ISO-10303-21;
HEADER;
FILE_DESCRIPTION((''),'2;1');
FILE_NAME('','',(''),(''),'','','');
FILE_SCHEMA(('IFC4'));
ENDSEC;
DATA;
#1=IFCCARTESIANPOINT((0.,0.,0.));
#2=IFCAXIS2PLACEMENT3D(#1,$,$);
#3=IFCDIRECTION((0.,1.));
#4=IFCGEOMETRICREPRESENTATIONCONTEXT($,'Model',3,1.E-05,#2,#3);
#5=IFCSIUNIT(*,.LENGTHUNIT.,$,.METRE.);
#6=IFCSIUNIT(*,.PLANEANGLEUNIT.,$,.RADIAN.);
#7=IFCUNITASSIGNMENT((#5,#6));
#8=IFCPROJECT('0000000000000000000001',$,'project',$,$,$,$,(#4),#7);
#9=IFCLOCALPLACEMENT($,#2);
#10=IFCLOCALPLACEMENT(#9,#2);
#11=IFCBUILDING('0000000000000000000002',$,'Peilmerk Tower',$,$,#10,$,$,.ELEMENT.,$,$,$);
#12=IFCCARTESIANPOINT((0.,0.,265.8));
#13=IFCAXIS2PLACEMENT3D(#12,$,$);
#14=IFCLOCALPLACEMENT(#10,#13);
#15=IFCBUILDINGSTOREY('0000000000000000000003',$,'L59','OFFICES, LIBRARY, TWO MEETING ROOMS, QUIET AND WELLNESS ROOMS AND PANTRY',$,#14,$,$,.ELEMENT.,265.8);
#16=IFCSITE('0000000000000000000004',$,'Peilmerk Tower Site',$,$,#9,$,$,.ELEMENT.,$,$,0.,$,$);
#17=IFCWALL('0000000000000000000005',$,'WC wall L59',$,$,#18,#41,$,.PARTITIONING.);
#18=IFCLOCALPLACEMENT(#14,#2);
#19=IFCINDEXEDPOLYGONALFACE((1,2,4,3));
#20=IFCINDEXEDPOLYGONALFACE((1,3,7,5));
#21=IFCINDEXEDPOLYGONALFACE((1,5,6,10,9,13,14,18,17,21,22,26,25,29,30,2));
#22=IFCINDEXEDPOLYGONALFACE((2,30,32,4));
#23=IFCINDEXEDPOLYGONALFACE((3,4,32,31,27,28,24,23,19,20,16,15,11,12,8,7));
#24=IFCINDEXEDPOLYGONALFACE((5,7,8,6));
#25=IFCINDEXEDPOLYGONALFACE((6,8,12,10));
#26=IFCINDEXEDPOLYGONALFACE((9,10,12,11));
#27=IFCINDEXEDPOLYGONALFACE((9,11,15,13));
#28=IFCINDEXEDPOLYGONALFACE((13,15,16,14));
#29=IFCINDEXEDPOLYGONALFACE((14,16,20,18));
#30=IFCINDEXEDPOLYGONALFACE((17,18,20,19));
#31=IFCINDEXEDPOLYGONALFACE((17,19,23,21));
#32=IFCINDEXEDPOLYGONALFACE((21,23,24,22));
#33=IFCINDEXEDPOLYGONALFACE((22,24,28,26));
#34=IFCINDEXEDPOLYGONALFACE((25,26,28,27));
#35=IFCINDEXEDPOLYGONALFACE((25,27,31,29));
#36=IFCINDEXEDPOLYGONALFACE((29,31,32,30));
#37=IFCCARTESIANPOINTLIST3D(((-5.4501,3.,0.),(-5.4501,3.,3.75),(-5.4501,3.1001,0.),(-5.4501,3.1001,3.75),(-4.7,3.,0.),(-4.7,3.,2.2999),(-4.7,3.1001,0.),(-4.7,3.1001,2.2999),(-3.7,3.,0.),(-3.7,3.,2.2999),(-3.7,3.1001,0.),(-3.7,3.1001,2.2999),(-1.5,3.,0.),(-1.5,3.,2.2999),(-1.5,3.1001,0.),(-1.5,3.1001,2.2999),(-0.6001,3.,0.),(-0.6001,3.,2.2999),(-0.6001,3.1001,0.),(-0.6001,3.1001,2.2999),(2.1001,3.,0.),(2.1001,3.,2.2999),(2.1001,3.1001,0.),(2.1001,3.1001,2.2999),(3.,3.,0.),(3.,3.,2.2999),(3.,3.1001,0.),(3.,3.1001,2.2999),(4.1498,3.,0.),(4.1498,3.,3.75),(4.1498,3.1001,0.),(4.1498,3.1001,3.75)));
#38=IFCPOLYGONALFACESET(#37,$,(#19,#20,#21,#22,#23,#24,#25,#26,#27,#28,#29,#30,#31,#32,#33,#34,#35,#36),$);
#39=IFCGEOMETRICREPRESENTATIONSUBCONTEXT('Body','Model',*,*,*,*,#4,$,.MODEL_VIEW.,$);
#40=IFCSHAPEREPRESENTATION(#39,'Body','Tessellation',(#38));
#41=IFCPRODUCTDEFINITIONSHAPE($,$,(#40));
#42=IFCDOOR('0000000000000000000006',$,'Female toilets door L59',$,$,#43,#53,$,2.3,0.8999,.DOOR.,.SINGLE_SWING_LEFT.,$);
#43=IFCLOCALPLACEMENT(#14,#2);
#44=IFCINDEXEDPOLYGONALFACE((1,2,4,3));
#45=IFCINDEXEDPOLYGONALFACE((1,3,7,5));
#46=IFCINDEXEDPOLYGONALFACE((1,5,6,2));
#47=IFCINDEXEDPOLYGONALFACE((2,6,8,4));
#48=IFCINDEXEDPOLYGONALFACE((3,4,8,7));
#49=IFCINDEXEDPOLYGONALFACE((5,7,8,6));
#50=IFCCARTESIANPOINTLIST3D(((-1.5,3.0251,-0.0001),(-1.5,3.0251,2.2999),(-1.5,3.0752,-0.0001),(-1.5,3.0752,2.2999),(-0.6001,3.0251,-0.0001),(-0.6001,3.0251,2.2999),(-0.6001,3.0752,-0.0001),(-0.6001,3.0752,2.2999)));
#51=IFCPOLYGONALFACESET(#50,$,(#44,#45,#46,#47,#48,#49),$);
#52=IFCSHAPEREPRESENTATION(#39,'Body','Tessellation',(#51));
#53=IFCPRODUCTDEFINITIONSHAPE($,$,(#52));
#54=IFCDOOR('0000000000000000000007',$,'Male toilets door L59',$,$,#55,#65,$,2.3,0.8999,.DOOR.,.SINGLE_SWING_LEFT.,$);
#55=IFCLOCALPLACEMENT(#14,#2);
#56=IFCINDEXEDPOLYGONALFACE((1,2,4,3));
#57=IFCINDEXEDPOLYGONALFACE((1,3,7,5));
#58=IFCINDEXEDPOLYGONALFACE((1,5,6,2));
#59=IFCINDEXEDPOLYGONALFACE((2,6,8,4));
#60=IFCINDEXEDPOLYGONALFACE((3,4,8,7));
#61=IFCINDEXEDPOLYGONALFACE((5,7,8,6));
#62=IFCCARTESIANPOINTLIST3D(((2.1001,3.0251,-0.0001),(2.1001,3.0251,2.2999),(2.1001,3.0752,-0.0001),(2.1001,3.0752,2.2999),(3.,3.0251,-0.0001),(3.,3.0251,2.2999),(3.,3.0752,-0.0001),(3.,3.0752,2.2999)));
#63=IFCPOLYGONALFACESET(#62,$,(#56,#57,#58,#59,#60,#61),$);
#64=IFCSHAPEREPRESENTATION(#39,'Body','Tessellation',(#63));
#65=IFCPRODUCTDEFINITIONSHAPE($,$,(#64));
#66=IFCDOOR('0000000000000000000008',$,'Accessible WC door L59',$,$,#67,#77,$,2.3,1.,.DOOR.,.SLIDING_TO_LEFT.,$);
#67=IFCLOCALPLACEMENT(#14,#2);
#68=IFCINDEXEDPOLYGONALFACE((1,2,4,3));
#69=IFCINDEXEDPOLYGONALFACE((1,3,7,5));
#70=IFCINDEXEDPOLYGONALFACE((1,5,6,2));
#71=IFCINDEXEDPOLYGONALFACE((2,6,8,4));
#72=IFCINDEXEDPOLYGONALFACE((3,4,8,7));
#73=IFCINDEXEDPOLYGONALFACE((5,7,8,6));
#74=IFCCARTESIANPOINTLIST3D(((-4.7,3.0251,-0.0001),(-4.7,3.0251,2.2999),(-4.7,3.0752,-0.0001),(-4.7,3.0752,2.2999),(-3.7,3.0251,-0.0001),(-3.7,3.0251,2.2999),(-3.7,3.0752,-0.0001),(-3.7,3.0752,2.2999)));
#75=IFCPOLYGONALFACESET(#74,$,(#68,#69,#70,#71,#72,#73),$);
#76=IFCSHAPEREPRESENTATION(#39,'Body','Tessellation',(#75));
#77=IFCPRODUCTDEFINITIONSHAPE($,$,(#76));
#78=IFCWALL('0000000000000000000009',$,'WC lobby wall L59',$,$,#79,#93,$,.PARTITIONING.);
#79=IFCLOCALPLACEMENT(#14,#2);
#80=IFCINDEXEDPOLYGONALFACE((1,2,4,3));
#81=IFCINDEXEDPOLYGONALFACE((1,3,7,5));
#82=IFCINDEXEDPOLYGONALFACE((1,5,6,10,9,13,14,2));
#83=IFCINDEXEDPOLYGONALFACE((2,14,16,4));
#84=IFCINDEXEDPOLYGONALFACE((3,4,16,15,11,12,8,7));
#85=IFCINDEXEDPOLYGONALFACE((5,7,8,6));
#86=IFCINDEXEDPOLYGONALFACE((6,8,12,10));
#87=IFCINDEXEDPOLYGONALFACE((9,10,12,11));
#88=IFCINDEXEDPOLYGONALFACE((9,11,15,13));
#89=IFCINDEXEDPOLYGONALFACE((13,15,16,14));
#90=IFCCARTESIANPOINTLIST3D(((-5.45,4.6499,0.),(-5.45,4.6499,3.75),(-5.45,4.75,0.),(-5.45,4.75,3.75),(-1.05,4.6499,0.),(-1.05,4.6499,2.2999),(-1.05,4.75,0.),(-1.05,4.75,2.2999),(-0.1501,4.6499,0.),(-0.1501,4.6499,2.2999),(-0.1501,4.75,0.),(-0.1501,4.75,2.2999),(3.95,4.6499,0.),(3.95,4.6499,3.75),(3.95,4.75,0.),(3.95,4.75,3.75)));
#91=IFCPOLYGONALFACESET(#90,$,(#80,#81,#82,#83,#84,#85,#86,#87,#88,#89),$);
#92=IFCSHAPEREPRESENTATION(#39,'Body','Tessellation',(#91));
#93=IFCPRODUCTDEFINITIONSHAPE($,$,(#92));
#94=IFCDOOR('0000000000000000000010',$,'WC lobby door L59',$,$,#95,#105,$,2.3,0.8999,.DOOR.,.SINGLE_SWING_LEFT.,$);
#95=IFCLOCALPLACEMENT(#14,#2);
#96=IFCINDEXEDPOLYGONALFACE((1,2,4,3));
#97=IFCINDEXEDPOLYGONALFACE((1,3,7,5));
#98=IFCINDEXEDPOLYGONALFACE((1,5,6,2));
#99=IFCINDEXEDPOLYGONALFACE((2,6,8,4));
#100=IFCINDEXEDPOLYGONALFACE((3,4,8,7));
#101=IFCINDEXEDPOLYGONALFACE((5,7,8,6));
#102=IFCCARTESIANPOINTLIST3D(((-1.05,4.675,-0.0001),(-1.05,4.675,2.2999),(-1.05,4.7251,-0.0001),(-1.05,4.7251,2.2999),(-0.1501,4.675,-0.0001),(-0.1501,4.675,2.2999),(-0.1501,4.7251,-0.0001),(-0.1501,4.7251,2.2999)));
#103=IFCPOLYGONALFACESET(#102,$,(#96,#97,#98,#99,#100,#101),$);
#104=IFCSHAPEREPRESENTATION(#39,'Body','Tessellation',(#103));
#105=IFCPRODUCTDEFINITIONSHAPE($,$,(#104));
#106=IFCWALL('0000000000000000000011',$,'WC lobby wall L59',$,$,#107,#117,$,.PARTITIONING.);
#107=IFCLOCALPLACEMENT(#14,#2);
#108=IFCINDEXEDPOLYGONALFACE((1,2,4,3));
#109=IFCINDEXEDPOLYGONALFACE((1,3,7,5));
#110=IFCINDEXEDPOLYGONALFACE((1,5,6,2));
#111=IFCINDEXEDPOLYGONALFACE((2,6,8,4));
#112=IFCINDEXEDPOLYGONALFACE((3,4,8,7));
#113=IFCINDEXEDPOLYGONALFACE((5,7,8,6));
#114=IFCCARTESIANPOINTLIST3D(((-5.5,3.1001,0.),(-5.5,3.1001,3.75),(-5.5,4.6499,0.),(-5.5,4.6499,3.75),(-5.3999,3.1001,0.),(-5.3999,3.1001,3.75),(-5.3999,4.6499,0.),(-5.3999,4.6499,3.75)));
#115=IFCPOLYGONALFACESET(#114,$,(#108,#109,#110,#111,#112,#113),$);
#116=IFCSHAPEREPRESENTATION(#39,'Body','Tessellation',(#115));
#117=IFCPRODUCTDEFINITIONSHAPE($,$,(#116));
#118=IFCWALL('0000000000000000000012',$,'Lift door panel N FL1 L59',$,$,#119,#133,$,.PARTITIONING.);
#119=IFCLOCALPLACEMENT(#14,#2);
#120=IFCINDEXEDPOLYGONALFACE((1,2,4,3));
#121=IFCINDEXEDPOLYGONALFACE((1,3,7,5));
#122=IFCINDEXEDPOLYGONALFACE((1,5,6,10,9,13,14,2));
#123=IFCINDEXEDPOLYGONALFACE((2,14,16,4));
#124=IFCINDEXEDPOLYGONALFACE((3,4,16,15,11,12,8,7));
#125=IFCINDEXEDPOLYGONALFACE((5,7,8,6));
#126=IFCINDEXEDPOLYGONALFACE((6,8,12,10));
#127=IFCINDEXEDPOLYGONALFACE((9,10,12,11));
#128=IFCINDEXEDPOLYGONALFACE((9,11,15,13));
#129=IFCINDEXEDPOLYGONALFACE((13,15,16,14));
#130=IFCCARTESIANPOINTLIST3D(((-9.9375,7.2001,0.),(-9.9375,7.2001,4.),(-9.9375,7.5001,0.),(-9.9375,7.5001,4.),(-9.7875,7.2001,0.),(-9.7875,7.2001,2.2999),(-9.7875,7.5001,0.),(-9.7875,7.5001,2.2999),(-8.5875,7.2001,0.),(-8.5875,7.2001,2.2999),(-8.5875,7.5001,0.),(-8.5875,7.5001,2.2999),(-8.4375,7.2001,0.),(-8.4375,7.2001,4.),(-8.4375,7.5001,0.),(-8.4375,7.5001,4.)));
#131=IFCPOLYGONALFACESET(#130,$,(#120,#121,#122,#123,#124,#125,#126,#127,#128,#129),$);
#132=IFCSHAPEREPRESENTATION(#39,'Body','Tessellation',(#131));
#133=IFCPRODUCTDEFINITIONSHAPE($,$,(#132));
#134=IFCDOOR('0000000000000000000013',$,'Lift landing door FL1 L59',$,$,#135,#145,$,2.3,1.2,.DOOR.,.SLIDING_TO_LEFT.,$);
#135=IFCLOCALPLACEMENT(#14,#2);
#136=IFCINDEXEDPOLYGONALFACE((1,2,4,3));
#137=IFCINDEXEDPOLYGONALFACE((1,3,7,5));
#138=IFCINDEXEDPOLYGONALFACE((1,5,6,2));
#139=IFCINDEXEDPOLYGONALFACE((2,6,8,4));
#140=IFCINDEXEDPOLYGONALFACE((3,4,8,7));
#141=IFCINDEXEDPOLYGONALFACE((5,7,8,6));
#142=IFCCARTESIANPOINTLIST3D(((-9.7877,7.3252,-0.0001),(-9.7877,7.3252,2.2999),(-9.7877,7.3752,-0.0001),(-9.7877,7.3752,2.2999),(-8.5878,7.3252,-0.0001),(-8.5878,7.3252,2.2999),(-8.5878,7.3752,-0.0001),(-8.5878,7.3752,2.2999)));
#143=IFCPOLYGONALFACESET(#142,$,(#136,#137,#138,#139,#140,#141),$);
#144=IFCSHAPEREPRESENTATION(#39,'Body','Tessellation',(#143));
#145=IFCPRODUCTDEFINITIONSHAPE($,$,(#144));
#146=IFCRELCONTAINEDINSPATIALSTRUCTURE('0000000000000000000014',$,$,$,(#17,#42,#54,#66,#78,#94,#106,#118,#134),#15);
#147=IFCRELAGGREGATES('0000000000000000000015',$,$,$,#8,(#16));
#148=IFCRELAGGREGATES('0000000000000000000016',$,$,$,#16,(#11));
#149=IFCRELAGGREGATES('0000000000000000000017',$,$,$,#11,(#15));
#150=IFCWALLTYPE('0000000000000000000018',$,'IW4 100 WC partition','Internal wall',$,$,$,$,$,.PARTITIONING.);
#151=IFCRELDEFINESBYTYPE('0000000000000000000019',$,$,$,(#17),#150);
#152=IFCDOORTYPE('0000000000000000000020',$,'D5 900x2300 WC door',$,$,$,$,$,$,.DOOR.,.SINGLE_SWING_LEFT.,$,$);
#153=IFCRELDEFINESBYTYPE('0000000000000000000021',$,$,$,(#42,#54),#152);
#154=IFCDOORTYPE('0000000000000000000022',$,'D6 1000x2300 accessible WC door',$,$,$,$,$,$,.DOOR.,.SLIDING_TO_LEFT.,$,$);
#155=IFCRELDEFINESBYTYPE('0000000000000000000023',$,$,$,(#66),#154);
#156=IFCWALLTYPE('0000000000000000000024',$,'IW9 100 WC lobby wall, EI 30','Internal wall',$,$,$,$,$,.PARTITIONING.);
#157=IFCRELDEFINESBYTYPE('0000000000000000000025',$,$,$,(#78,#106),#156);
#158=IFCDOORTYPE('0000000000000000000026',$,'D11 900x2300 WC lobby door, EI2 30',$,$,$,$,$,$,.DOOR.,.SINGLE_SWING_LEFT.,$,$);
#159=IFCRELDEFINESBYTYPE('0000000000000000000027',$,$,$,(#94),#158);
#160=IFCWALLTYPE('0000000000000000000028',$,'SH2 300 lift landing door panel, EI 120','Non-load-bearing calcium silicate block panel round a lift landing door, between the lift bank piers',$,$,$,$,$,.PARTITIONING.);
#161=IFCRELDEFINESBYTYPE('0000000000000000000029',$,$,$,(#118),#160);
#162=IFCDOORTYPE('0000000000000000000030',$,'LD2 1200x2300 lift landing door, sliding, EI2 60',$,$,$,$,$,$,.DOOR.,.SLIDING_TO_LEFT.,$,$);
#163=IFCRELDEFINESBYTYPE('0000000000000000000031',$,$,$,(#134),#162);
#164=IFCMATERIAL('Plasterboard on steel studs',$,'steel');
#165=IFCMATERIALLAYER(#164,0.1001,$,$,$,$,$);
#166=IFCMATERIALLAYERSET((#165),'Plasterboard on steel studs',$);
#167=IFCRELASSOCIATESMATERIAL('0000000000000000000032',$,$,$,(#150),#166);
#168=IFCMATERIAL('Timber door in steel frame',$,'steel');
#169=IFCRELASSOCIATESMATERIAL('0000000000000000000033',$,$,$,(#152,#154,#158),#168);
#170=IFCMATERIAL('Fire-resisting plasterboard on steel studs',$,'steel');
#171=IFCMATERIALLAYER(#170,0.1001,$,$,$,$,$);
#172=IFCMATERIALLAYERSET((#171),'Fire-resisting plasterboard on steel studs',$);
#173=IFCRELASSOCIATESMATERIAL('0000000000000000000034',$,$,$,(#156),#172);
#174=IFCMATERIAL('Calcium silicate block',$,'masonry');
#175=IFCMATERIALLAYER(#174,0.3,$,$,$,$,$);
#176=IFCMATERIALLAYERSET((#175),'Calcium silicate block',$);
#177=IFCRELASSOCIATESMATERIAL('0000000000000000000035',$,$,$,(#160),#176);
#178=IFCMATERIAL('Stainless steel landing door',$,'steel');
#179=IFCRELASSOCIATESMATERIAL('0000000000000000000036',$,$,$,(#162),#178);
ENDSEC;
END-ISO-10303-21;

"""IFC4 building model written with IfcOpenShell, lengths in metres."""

from ifc_helpers import new_model, si_unit, direction, frame, frame_2d, origin, place, context, subcontext, project, spatial, rectangle, extrude, material, layer, layer_set, type_object, element, fill, save


model = new_model("IFC4")

# Units and contexts
model_context = context("Model", 3, precision=1e-05, world=origin(), true_north=direction((0.0, 1.0)))
body_context = subcontext(model_context, "Body", "Model", "MODEL_VIEW")
ifc_project = project(units=[si_unit("LENGTHUNIT", "METRE"), si_unit("PLANEANGLEUNIT", "RADIAN")], contexts=[model_context])

# Site, building, storey
site_placement = place(None, origin())
site = spatial("IfcSite", under=ifc_project, at=site_placement, Name="Peilmerk Tower Site", CompositionType="ELEMENT", RefElevation=0.0)
building_placement = place(site_placement, origin())
building = spatial("IfcBuilding", under=site, at=building_placement, Name="Peilmerk Tower", CompositionType="ELEMENT")
storey_placement = place(building_placement, frame((0.0, 0.0, 265.8)))
storey = spatial("IfcBuildingStorey", under=building, at=storey_placement, Name="L59", Description="OFFICES, LIBRARY, TWO MEETING ROOMS, QUIET AND WELLNESS ROOMS AND PANTRY", CompositionType="ELEMENT", Elevation=265.8)

# Wall, openings, doors
ifc_material_1 = material(Name="Plasterboard on steel studs", Category="steel")
ifc_layer_1 = layer(ifc_material_1, 0.1001)
ifc_layer_set_1 = layer_set([ifc_layer_1], Name="Plasterboard on steel studs")
wall_type_1 = type_object("IfcWallType", Name="IW4 100 WC partition", Description="Internal wall", PredefinedType="PARTITIONING", material=ifc_layer_set_1)
wall_1_placement = place(storey_placement, frame((-5.45, 3.05, 0.0), z_axis=(0.0, 0.0, 1.0), x_axis=(1.0, 0.0, 0.0)))
wall_1 = element("IfcWall", 1, at=wall_1_placement, inside=storey, type_object=wall_type_1, Name="WC wall L59", PredefinedType="PARTITIONING", context=body_context, shape_type="SweptSolid", body=[
    extrude(rectangle(XDim=9.5999, YDim=0.1001, at=frame_2d((4.7998, 0.0))), origin(), (0.0, 0.0, 1.0), 3.75),
])
opening_1_placement = place(wall_1_placement, frame((0.75, 0.0, 0.0)))
opening_1 = element("IfcOpeningElement", 2, at=opening_1_placement, cuts=wall_1, PredefinedType="OPENING", context=body_context, shape_type="SweptSolid", body=[
    extrude(rectangle(XDim=1.0, YDim=2.3, at=frame_2d((0.5, 1.1499))), frame((0.0, 0.0601, 0.0), z_axis=(0.0, -1.0, 0.0), x_axis=(1.0, 0.0, 0.0)), (0.0, 0.0, 1.0), 0.1201),
])
opening_2_placement = place(wall_1_placement, frame((3.95, 0.0, 0.0)))
opening_2 = element("IfcOpeningElement", 3, at=opening_2_placement, cuts=wall_1, PredefinedType="OPENING", context=body_context, shape_type="SweptSolid", body=[
    extrude(rectangle(XDim=0.8999, YDim=2.3, at=frame_2d((0.45, 1.1499))), frame((0.0, 0.0601, 0.0), z_axis=(0.0, -1.0, 0.0), x_axis=(1.0, 0.0, 0.0)), (0.0, 0.0, 1.0), 0.1201),
])
opening_3_placement = place(wall_1_placement, frame((7.55, 0.0, 0.0)))
opening_3 = element("IfcOpeningElement", 4, at=opening_3_placement, cuts=wall_1, PredefinedType="OPENING", context=body_context, shape_type="SweptSolid", body=[
    extrude(rectangle(XDim=0.8999, YDim=2.3, at=frame_2d((0.45, 1.1499))), frame((0.0, 0.0601, 0.0), z_axis=(0.0, -1.0, 0.0), x_axis=(1.0, 0.0, 0.0)), (0.0, 0.0, 1.0), 0.1201),
])
ifc_material_2 = material(Name="Timber door in steel frame", Category="steel")
door_type_1 = type_object("IfcDoorType", Name="D5 900x2300 WC door", OperationType="SINGLE_SWING_LEFT", PredefinedType="DOOR", material=ifc_material_2)
door_1_placement = place(opening_2_placement, frame((0.8999, 0.0, 0.0), z_axis=(0.0, 0.0, 1.0), x_axis=(-1.0, 0.0, 0.0)))
door_1 = element("IfcDoor", 5, at=door_1_placement, inside=storey, type_object=door_type_1, Name="Female toilets door L59", OperationType="SINGLE_SWING_LEFT", OverallHeight=2.3, OverallWidth=0.8999, PredefinedType="DOOR", context=body_context, shape_type="SweptSolid", body=[
    extrude(rectangle(XDim=0.8999, YDim=2.3, at=frame_2d((0.45, 1.1499))), frame((0.0, 0.0249, 0.0), z_axis=(0.0, -1.0, 0.0), x_axis=(1.0, 0.0, 0.0)), (0.0, 0.0, 1.0), 0.05),
])
fill(opening_2, door_1)
door_2_placement = place(opening_3_placement, frame((0.8999, 0.0, 0.0), z_axis=(0.0, 0.0, 1.0), x_axis=(-1.0, 0.0, 0.0)))
door_2 = element("IfcDoor", 6, at=door_2_placement, inside=storey, type_object=door_type_1, Name="Male toilets door L59", OperationType="SINGLE_SWING_LEFT", OverallHeight=2.3, OverallWidth=0.8999, PredefinedType="DOOR", context=body_context, shape_type="SweptSolid", body=[
    extrude(rectangle(XDim=0.8999, YDim=2.3, at=frame_2d((0.45, 1.1499))), frame((0.0, 0.0249, 0.0), z_axis=(0.0, -1.0, 0.0), x_axis=(1.0, 0.0, 0.0)), (0.0, 0.0, 1.0), 0.05),
])
fill(opening_3, door_2)
door_type_2 = type_object("IfcDoorType", Name="D6 1000x2300 accessible WC door", OperationType="SLIDING_TO_LEFT", PredefinedType="DOOR", material=ifc_material_2)
door_3_placement = place(opening_1_placement, frame((1.0, 0.0, 0.0), z_axis=(0.0, 0.0, 1.0), x_axis=(-1.0, 0.0, 0.0)))
door_3 = element("IfcDoor", 7, at=door_3_placement, inside=storey, type_object=door_type_2, Name="Accessible WC door L59", OperationType="SLIDING_TO_LEFT", OverallHeight=2.3, OverallWidth=1.0, PredefinedType="DOOR", context=body_context, shape_type="SweptSolid", body=[
    extrude(rectangle(XDim=1.0, YDim=2.3, at=frame_2d((0.5, 1.1499))), frame((0.0, 0.0249, 0.0), z_axis=(0.0, -1.0, 0.0), x_axis=(1.0, 0.0, 0.0)), (0.0, 0.0, 1.0), 0.05),
])
fill(opening_1, door_3)

# Wall, opening, door
ifc_material_3 = material(Name="Fire-resisting plasterboard on steel studs", Category="steel")
ifc_layer_2 = layer(ifc_material_3, 0.1001)
ifc_layer_set_2 = layer_set([ifc_layer_2], Name="Fire-resisting plasterboard on steel studs")
wall_type_2 = type_object("IfcWallType", Name="IW9 100 WC lobby wall, EI 30", Description="Internal wall", PredefinedType="PARTITIONING", material=ifc_layer_set_2)
wall_2_placement = place(storey_placement, frame((-5.45, 4.7, 0.0), z_axis=(0.0, 0.0, 1.0), x_axis=(1.0, 0.0, 0.0)))
wall_2 = element("IfcWall", 8, at=wall_2_placement, inside=storey, type_object=wall_type_2, Name="WC lobby wall L59", PredefinedType="PARTITIONING", context=body_context, shape_type="SweptSolid", body=[
    extrude(rectangle(XDim=9.3999, YDim=0.1001, at=frame_2d((4.7, 0.0))), origin(), (0.0, 0.0, 1.0), 3.75),
])
opening_4_placement = place(wall_2_placement, frame((4.3999, 0.0, 0.0)))
opening_4 = element("IfcOpeningElement", 9, at=opening_4_placement, cuts=wall_2, PredefinedType="OPENING", context=body_context, shape_type="SweptSolid", body=[
    extrude(rectangle(XDim=0.8999, YDim=2.3, at=frame_2d((0.45, 1.1499))), frame((0.0, 0.0601, 0.0), z_axis=(0.0, -1.0, 0.0), x_axis=(1.0, 0.0, 0.0)), (0.0, 0.0, 1.0), 0.1201),
])
door_type_3 = type_object("IfcDoorType", Name="D11 900x2300 WC lobby door, EI2 30", OperationType="SINGLE_SWING_LEFT", PredefinedType="DOOR", material=ifc_material_2)
door_4_placement = place(opening_4_placement, frame((0.8999, 0.0, 0.0), z_axis=(0.0, 0.0, 1.0), x_axis=(-1.0, 0.0, 0.0)))
door_4 = element("IfcDoor", 10, at=door_4_placement, inside=storey, type_object=door_type_3, Name="WC lobby door L59", OperationType="SINGLE_SWING_LEFT", OverallHeight=2.3, OverallWidth=0.8999, PredefinedType="DOOR", context=body_context, shape_type="SweptSolid", body=[
    extrude(rectangle(XDim=0.8999, YDim=2.3, at=frame_2d((0.45, 1.1499))), frame((0.0, 0.0249, 0.0), z_axis=(0.0, -1.0, 0.0), x_axis=(1.0, 0.0, 0.0)), (0.0, 0.0, 1.0), 0.05),
])
fill(opening_4, door_4)

# Wall
wall_3_placement = place(storey_placement, frame((-5.45, 3.1001, 0.0), z_axis=(0.0, 0.0, 1.0), x_axis=(0.0, 1.0, 0.0)))
element("IfcWall", 11, at=wall_3_placement, inside=storey, type_object=wall_type_2, Name="WC lobby wall L59", PredefinedType="PARTITIONING", context=body_context, shape_type="SweptSolid", body=[
    extrude(rectangle(XDim=1.5498, YDim=0.1001, at=frame_2d((0.7749, 0.0))), origin(), (0.0, 0.0, 1.0), 3.75),
])

# Wall, opening, door
ifc_material_4 = material(Name="Calcium silicate block", Category="masonry")
ifc_layer_3 = layer(ifc_material_4, 0.3)
ifc_layer_set_3 = layer_set([ifc_layer_3], Name="Calcium silicate block")
wall_type_3 = type_object("IfcWallType", Name="SH2 300 lift landing door panel, EI 120", Description="Non-load-bearing calcium silicate block panel round a lift landing door, between the lift bank piers", PredefinedType="PARTITIONING", material=ifc_layer_set_3)
wall_4_placement = place(storey_placement, frame((-9.9375, 7.3501, 0.0), z_axis=(0.0, 0.0, 1.0), x_axis=(1.0, 0.0, 0.0)))
wall_4 = element("IfcWall", 12, at=wall_4_placement, inside=storey, type_object=wall_type_3, Name="Lift door panel N FL1 L59", PredefinedType="PARTITIONING", context=body_context, shape_type="SweptSolid", body=[
    extrude(rectangle(XDim=1.5, YDim=0.3, at=frame_2d((0.75, 0.0))), origin(), (0.0, 0.0, 1.0), 4.0),
])
opening_5_placement = place(wall_4_placement, frame((0.1499, 0.0, 0.0)))
opening_5 = element("IfcOpeningElement", 13, at=opening_5_placement, cuts=wall_4, PredefinedType="OPENING", context=body_context, shape_type="SweptSolid", body=[
    extrude(rectangle(XDim=1.2, YDim=2.3, at=frame_2d((0.6001, 1.1499))), frame((0.0, 0.1599, 0.0), z_axis=(0.0, -1.0, 0.0), x_axis=(1.0, 0.0, 0.0)), (0.0, 0.0, 1.0), 0.3201),
])
ifc_material_5 = material(Name="Stainless steel landing door", Category="steel")
door_type_4 = type_object("IfcDoorType", Name="LD2 1200x2300 lift landing door, sliding, EI2 60", OperationType="SLIDING_TO_LEFT", PredefinedType="DOOR", material=ifc_material_5)
door_5_placement = place(opening_5_placement, frame((1.2, 0.0, 0.0), z_axis=(0.0, 0.0, 1.0), x_axis=(-1.0, 0.0, 0.0)))
door_5 = element("IfcDoor", 14, at=door_5_placement, inside=storey, type_object=door_type_4, Name="Lift landing door FL1 L59", OperationType="SLIDING_TO_LEFT", OverallHeight=2.3, OverallWidth=1.2, PredefinedType="DOOR", context=body_context, shape_type="SweptSolid", body=[
    extrude(rectangle(XDim=1.2, YDim=2.3, at=frame_2d((0.6001, 1.1499))), frame((0.0, 0.0249, 0.0), z_axis=(0.0, -1.0, 0.0), x_axis=(1.0, 0.0, 0.0)), (0.0, 0.0, 1.0), 0.05),
])
fill(opening_5, door_5)

save(model, "model.ifc")
